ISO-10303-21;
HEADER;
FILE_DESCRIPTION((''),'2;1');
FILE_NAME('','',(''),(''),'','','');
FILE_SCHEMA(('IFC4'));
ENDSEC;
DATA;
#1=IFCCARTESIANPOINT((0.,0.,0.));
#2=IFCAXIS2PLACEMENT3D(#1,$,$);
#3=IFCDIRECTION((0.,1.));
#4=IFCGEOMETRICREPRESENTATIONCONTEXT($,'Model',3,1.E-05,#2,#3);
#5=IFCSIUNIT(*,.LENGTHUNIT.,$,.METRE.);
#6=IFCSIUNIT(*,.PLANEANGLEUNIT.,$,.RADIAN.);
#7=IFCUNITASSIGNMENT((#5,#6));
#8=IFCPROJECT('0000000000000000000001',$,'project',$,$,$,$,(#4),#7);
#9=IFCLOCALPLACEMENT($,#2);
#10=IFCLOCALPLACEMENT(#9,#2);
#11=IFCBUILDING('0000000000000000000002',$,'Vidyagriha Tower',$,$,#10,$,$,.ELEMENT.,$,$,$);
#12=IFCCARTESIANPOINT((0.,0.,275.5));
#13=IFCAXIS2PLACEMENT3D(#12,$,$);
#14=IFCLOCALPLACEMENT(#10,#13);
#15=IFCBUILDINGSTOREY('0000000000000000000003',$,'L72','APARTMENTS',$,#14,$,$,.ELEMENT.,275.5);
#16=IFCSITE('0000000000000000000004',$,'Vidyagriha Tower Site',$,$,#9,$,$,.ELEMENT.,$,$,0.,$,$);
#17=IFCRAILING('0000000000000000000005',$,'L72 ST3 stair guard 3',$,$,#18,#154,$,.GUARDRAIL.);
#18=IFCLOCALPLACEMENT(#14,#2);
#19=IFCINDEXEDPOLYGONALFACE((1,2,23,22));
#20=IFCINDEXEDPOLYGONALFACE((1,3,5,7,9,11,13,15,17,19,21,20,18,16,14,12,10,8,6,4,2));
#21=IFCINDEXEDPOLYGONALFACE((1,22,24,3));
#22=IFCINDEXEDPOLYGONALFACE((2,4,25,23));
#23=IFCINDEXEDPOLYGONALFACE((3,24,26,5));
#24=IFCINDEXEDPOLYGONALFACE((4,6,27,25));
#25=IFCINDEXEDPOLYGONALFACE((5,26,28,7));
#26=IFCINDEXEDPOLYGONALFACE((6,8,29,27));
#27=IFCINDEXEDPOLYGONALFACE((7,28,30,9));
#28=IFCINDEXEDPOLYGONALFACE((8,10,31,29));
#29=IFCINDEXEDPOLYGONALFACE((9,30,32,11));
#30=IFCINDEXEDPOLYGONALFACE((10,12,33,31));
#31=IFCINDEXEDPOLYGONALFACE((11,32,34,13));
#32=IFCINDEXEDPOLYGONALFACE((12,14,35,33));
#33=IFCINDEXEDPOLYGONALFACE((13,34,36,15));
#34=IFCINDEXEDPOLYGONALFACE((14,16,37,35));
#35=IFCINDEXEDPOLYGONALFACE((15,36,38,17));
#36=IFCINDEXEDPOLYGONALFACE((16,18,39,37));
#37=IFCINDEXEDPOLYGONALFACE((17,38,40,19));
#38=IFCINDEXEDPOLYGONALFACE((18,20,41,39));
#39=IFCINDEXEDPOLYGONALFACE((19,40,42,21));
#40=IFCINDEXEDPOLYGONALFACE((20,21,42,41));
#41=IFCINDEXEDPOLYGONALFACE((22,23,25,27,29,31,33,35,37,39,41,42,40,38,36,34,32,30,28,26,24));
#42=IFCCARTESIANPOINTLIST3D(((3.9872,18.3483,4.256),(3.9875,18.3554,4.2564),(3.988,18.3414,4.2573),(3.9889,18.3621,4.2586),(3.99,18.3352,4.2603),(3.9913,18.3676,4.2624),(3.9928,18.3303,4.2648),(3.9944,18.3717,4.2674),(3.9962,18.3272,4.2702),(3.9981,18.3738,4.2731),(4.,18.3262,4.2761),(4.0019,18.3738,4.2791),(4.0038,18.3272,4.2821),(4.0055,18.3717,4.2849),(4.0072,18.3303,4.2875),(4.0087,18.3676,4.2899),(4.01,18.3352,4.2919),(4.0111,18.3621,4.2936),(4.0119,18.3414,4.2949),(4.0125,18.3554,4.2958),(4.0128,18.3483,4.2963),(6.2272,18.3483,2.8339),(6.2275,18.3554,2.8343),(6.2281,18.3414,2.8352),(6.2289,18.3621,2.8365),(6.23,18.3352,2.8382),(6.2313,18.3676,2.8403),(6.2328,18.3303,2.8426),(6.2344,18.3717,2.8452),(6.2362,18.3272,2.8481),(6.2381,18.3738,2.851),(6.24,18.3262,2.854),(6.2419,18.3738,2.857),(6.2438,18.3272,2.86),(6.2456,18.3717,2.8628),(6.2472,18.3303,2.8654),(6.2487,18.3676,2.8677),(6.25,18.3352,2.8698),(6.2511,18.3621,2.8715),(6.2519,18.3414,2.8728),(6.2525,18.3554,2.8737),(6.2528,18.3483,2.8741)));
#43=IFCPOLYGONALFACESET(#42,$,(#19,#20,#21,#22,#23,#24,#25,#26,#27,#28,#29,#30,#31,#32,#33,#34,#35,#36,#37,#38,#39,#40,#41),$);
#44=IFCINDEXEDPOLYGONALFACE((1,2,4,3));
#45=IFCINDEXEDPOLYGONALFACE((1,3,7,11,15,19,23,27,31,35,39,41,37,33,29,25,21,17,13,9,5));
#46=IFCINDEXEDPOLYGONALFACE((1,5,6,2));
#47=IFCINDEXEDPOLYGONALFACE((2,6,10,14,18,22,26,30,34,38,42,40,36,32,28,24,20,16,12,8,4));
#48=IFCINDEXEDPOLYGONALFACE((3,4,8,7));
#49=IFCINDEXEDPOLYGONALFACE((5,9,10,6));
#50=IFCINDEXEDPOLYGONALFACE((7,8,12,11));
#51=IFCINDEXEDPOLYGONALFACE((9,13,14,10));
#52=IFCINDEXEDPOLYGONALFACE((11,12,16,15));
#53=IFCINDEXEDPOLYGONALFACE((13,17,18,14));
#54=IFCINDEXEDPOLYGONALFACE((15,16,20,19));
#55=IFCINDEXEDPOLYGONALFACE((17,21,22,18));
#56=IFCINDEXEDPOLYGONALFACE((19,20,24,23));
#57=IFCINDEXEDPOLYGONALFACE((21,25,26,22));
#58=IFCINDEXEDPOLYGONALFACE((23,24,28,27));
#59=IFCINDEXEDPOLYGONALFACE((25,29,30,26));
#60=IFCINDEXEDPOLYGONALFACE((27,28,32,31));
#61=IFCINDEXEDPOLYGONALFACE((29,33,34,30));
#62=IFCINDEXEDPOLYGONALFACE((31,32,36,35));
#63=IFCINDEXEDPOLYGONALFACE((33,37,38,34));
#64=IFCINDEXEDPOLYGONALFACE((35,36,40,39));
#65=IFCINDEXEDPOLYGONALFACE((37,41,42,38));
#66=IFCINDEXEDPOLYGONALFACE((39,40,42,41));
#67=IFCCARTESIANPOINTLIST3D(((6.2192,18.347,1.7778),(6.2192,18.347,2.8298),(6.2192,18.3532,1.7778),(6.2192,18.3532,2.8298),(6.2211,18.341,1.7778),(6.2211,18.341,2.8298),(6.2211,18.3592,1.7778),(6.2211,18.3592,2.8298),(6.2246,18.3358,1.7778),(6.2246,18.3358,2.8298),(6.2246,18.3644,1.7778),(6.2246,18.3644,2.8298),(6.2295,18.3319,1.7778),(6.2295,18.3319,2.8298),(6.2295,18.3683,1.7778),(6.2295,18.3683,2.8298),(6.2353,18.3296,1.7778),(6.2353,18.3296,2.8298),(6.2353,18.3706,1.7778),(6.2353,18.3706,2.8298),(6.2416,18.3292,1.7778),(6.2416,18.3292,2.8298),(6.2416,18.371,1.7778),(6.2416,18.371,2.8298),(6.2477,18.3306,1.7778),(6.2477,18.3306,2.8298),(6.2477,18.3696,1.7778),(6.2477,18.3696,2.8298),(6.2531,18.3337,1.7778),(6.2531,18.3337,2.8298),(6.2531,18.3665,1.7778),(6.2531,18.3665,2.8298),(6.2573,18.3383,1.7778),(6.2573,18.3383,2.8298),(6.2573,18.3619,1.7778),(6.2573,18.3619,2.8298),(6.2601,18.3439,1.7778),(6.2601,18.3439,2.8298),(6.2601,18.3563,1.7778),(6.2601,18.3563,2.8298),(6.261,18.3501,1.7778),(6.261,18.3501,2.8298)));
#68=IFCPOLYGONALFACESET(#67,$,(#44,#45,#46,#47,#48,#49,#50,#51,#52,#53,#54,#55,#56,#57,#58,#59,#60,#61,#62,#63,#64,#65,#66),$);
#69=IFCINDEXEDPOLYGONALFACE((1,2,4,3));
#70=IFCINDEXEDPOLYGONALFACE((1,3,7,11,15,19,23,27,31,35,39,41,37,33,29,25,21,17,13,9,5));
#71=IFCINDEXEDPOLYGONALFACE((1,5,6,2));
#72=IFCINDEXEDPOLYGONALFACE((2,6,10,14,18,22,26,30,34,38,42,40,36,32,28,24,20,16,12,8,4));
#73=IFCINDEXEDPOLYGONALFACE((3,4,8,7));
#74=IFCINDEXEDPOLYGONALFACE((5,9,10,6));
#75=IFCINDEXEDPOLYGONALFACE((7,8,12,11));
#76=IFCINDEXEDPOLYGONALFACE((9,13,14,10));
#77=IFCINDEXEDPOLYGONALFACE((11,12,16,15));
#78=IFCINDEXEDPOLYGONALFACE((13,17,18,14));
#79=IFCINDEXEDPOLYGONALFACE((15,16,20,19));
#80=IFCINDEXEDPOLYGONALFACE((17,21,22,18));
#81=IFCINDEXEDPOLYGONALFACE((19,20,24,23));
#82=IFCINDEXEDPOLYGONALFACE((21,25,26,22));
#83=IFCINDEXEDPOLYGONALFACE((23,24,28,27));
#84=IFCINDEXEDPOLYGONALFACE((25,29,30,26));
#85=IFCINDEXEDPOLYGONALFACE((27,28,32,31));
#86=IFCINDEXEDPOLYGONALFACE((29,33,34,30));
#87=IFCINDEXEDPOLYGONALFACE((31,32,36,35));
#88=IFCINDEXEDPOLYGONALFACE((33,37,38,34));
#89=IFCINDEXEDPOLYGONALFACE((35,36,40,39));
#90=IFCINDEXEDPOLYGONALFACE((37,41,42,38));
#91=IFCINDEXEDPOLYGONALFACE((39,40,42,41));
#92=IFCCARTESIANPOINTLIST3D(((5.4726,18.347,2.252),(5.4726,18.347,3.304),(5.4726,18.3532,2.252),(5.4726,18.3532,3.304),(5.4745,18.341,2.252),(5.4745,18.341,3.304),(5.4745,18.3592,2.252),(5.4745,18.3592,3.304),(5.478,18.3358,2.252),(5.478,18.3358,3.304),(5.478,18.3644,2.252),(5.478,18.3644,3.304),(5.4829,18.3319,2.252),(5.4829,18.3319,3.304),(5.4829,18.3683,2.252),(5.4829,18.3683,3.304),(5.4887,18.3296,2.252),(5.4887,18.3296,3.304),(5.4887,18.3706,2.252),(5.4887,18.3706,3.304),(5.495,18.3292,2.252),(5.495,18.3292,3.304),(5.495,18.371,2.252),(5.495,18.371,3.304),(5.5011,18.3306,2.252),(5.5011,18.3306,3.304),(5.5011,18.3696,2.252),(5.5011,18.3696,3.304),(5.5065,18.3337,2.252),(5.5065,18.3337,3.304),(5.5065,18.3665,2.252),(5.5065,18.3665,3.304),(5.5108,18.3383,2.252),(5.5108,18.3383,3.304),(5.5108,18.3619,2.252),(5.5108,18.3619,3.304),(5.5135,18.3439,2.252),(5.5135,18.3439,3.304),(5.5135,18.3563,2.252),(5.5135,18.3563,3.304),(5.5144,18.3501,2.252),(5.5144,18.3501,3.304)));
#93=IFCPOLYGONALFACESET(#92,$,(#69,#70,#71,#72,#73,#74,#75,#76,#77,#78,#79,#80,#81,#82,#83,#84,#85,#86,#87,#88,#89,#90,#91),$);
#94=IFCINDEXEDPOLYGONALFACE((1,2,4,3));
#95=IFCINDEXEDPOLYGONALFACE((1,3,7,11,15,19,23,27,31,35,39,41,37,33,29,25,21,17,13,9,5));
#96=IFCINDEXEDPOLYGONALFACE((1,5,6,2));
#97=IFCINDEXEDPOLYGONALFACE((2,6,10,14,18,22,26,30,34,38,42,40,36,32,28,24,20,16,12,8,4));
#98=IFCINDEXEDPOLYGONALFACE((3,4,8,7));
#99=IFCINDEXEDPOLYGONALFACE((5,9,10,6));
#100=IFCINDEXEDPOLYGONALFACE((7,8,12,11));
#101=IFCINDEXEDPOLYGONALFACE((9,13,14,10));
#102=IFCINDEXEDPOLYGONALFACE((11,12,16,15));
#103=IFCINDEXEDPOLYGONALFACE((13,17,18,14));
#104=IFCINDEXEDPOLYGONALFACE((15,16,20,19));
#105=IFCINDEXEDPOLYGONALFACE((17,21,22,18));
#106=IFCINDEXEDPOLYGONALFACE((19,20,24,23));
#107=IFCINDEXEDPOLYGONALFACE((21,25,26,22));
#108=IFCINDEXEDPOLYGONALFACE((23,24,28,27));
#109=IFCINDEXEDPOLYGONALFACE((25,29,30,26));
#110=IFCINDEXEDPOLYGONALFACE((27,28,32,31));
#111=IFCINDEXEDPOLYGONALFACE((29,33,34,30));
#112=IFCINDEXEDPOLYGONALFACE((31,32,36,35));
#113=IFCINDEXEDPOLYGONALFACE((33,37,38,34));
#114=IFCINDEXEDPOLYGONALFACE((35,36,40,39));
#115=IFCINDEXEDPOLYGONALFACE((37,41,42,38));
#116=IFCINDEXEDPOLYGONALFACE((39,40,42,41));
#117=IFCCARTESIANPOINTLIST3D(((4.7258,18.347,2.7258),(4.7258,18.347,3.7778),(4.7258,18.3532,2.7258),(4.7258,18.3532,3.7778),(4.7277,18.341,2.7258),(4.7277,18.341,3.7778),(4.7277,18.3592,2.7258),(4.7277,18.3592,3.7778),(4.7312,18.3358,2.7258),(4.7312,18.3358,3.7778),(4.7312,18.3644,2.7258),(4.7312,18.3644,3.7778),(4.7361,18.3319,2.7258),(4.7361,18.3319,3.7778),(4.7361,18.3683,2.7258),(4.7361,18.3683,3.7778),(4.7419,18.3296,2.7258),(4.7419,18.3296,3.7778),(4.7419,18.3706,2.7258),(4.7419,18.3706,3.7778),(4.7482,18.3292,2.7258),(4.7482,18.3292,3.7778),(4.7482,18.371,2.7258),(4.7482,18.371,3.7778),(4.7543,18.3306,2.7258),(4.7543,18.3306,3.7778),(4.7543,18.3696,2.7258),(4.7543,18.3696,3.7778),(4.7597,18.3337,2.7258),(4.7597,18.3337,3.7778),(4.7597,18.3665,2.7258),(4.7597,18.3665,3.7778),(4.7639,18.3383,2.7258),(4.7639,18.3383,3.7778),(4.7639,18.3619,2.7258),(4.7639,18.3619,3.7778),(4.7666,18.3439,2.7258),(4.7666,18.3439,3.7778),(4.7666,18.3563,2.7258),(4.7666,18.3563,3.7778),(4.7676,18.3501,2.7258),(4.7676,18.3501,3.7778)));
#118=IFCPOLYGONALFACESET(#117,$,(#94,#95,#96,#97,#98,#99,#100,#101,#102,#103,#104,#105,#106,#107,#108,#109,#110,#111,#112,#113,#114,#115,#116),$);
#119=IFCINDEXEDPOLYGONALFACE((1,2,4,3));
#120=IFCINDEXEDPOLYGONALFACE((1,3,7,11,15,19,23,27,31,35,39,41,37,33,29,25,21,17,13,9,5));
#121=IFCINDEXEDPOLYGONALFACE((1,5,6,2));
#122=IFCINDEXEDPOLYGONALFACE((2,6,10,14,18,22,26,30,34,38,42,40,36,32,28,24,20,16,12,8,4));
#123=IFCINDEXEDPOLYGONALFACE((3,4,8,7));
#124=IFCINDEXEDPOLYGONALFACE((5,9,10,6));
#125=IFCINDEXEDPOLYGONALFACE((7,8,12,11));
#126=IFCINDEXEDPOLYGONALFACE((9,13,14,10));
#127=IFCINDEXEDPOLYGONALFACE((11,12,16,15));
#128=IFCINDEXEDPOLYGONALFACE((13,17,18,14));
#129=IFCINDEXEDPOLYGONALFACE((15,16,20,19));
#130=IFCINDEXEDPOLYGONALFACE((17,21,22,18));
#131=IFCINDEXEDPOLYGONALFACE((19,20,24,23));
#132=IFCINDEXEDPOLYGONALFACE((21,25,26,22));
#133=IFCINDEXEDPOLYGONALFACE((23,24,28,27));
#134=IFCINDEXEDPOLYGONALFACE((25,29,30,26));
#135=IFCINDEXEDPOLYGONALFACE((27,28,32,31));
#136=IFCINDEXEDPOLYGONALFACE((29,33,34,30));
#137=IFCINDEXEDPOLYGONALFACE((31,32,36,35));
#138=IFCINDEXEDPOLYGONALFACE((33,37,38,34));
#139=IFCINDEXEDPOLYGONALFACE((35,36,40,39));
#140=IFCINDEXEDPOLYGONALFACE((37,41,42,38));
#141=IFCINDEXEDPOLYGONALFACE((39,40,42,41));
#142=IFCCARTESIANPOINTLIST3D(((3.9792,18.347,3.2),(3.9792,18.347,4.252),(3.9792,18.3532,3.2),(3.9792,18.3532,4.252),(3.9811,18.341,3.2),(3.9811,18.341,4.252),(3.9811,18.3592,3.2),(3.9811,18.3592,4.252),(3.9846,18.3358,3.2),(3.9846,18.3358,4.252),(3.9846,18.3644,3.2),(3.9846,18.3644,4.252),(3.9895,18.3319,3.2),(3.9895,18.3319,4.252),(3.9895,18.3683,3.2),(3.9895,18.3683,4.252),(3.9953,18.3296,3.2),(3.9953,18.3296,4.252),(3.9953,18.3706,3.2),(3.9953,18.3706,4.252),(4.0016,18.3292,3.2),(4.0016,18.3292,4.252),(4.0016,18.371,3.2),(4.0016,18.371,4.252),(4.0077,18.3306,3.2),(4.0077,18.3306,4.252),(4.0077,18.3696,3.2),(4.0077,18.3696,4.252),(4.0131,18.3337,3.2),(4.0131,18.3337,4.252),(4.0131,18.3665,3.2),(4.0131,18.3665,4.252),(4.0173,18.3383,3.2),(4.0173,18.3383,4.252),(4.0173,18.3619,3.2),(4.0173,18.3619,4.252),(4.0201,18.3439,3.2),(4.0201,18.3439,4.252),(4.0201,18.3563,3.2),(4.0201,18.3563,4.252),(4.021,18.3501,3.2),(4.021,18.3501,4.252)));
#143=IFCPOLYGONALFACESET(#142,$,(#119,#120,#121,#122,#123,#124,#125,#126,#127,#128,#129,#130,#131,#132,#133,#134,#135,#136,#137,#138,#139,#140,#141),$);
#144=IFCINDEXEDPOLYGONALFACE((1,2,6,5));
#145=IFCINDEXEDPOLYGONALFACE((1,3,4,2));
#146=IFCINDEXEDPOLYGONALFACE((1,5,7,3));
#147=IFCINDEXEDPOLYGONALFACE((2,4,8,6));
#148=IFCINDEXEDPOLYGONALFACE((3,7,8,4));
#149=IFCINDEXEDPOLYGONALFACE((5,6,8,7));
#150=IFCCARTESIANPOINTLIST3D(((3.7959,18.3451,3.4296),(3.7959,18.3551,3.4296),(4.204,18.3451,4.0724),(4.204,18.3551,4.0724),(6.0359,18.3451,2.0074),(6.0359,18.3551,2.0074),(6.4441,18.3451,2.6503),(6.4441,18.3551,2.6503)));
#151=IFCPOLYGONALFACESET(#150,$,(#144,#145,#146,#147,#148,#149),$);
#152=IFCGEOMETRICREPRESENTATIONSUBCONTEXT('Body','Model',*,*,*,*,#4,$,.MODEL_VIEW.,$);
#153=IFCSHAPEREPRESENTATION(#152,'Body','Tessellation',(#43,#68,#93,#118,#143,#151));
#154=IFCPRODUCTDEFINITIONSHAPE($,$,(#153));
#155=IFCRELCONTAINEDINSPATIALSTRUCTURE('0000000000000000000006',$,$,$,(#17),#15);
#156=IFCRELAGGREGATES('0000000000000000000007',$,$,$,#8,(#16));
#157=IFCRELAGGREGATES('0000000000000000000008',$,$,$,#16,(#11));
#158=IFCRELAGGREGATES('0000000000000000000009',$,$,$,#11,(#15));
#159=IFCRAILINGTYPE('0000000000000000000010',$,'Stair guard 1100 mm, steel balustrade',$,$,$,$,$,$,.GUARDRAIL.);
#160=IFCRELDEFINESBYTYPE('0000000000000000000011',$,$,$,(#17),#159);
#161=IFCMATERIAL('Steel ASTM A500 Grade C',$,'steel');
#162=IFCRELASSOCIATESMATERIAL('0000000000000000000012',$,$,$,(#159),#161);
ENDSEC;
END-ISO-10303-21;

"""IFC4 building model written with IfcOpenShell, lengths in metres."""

from ifc_helpers import new_model, si_unit, direction, frame, origin, origin_2d, place, context, subcontext, project, spatial, rectangle, circle, extrude, material, type_object, element, save


model = new_model("IFC4")

# Units and contexts
model_context = context("Model", 3, precision=1e-05, world=origin(), true_north=direction((0.0, 1.0)))
body_context = subcontext(model_context, "Body", "Model", "MODEL_VIEW")
ifc_project = project(units=[si_unit("LENGTHUNIT", "METRE"), si_unit("PLANEANGLEUNIT", "RADIAN")], contexts=[model_context])

# Site, building, storey
site_placement = place(None, origin())
site = spatial("IfcSite", under=ifc_project, at=site_placement, Name="Vidyagriha Tower Site", CompositionType="ELEMENT", RefElevation=0.0)
building_placement = place(site_placement, origin())
building = spatial("IfcBuilding", under=site, at=building_placement, Name="Vidyagriha Tower", CompositionType="ELEMENT")
storey_placement = place(building_placement, frame((0.0, 0.0, 275.5)))
storey = spatial("IfcBuildingStorey", under=building, at=storey_placement, Name="L72", Description="APARTMENTS", CompositionType="ELEMENT", Elevation=275.5)

# Railing
ifc_material_1 = material(Name="Steel ASTM A500 Grade C", Category="steel")
railing_type_1 = type_object("IfcRailingType", Name="Stair guard 1100 mm, steel balustrade", PredefinedType="GUARDRAIL", material=ifc_material_1)
railing_1_placement = place(storey_placement, frame((6.24, 18.3501, 1.7778)))
element("IfcRailing", 1, at=railing_1_placement, inside=storey, type_object=railing_type_1, Name="L72 ST3 stair guard 3", PredefinedType="GUARDRAIL", context=body_context, shape_type="SweptSolid", body=[
    extrude(circle(Radius=0.0239, at=origin_2d()), frame((0.0, 0.0, 1.0762), z_axis=(-0.844229, 0.0, 0.535982), x_axis=(0.0, -1.0, 0.0)), (0.0, 0.0, 1.0), 2.6533),
    extrude(circle(Radius=0.021, at=origin_2d()), origin(), (0.0, 0.0, 1.0), 1.052),
    extrude(circle(Radius=0.021, at=origin_2d()), frame((-0.7466, 0.0, 0.4741)), (0.0, 0.0, 1.0), 1.052),
    extrude(circle(Radius=0.021, at=origin_2d()), frame((-1.4934, 0.0, 0.948)), (0.0, 0.0, 1.0), 1.052),
    extrude(circle(Radius=0.021, at=origin_2d()), frame((-2.24, 0.0, 1.4221)), (0.0, 0.0, 1.0), 1.052),
    extrude(rectangle(XDim=0.01, YDim=0.7615, at=origin_2d()), frame((0.0, 0.0, 0.551), z_axis=(-0.844229, 0.0, 0.535982), x_axis=(0.0, -1.0, 0.0)), (0.0, 0.0, 1.0), 2.6533),
])

save(model, "model.ifc")
